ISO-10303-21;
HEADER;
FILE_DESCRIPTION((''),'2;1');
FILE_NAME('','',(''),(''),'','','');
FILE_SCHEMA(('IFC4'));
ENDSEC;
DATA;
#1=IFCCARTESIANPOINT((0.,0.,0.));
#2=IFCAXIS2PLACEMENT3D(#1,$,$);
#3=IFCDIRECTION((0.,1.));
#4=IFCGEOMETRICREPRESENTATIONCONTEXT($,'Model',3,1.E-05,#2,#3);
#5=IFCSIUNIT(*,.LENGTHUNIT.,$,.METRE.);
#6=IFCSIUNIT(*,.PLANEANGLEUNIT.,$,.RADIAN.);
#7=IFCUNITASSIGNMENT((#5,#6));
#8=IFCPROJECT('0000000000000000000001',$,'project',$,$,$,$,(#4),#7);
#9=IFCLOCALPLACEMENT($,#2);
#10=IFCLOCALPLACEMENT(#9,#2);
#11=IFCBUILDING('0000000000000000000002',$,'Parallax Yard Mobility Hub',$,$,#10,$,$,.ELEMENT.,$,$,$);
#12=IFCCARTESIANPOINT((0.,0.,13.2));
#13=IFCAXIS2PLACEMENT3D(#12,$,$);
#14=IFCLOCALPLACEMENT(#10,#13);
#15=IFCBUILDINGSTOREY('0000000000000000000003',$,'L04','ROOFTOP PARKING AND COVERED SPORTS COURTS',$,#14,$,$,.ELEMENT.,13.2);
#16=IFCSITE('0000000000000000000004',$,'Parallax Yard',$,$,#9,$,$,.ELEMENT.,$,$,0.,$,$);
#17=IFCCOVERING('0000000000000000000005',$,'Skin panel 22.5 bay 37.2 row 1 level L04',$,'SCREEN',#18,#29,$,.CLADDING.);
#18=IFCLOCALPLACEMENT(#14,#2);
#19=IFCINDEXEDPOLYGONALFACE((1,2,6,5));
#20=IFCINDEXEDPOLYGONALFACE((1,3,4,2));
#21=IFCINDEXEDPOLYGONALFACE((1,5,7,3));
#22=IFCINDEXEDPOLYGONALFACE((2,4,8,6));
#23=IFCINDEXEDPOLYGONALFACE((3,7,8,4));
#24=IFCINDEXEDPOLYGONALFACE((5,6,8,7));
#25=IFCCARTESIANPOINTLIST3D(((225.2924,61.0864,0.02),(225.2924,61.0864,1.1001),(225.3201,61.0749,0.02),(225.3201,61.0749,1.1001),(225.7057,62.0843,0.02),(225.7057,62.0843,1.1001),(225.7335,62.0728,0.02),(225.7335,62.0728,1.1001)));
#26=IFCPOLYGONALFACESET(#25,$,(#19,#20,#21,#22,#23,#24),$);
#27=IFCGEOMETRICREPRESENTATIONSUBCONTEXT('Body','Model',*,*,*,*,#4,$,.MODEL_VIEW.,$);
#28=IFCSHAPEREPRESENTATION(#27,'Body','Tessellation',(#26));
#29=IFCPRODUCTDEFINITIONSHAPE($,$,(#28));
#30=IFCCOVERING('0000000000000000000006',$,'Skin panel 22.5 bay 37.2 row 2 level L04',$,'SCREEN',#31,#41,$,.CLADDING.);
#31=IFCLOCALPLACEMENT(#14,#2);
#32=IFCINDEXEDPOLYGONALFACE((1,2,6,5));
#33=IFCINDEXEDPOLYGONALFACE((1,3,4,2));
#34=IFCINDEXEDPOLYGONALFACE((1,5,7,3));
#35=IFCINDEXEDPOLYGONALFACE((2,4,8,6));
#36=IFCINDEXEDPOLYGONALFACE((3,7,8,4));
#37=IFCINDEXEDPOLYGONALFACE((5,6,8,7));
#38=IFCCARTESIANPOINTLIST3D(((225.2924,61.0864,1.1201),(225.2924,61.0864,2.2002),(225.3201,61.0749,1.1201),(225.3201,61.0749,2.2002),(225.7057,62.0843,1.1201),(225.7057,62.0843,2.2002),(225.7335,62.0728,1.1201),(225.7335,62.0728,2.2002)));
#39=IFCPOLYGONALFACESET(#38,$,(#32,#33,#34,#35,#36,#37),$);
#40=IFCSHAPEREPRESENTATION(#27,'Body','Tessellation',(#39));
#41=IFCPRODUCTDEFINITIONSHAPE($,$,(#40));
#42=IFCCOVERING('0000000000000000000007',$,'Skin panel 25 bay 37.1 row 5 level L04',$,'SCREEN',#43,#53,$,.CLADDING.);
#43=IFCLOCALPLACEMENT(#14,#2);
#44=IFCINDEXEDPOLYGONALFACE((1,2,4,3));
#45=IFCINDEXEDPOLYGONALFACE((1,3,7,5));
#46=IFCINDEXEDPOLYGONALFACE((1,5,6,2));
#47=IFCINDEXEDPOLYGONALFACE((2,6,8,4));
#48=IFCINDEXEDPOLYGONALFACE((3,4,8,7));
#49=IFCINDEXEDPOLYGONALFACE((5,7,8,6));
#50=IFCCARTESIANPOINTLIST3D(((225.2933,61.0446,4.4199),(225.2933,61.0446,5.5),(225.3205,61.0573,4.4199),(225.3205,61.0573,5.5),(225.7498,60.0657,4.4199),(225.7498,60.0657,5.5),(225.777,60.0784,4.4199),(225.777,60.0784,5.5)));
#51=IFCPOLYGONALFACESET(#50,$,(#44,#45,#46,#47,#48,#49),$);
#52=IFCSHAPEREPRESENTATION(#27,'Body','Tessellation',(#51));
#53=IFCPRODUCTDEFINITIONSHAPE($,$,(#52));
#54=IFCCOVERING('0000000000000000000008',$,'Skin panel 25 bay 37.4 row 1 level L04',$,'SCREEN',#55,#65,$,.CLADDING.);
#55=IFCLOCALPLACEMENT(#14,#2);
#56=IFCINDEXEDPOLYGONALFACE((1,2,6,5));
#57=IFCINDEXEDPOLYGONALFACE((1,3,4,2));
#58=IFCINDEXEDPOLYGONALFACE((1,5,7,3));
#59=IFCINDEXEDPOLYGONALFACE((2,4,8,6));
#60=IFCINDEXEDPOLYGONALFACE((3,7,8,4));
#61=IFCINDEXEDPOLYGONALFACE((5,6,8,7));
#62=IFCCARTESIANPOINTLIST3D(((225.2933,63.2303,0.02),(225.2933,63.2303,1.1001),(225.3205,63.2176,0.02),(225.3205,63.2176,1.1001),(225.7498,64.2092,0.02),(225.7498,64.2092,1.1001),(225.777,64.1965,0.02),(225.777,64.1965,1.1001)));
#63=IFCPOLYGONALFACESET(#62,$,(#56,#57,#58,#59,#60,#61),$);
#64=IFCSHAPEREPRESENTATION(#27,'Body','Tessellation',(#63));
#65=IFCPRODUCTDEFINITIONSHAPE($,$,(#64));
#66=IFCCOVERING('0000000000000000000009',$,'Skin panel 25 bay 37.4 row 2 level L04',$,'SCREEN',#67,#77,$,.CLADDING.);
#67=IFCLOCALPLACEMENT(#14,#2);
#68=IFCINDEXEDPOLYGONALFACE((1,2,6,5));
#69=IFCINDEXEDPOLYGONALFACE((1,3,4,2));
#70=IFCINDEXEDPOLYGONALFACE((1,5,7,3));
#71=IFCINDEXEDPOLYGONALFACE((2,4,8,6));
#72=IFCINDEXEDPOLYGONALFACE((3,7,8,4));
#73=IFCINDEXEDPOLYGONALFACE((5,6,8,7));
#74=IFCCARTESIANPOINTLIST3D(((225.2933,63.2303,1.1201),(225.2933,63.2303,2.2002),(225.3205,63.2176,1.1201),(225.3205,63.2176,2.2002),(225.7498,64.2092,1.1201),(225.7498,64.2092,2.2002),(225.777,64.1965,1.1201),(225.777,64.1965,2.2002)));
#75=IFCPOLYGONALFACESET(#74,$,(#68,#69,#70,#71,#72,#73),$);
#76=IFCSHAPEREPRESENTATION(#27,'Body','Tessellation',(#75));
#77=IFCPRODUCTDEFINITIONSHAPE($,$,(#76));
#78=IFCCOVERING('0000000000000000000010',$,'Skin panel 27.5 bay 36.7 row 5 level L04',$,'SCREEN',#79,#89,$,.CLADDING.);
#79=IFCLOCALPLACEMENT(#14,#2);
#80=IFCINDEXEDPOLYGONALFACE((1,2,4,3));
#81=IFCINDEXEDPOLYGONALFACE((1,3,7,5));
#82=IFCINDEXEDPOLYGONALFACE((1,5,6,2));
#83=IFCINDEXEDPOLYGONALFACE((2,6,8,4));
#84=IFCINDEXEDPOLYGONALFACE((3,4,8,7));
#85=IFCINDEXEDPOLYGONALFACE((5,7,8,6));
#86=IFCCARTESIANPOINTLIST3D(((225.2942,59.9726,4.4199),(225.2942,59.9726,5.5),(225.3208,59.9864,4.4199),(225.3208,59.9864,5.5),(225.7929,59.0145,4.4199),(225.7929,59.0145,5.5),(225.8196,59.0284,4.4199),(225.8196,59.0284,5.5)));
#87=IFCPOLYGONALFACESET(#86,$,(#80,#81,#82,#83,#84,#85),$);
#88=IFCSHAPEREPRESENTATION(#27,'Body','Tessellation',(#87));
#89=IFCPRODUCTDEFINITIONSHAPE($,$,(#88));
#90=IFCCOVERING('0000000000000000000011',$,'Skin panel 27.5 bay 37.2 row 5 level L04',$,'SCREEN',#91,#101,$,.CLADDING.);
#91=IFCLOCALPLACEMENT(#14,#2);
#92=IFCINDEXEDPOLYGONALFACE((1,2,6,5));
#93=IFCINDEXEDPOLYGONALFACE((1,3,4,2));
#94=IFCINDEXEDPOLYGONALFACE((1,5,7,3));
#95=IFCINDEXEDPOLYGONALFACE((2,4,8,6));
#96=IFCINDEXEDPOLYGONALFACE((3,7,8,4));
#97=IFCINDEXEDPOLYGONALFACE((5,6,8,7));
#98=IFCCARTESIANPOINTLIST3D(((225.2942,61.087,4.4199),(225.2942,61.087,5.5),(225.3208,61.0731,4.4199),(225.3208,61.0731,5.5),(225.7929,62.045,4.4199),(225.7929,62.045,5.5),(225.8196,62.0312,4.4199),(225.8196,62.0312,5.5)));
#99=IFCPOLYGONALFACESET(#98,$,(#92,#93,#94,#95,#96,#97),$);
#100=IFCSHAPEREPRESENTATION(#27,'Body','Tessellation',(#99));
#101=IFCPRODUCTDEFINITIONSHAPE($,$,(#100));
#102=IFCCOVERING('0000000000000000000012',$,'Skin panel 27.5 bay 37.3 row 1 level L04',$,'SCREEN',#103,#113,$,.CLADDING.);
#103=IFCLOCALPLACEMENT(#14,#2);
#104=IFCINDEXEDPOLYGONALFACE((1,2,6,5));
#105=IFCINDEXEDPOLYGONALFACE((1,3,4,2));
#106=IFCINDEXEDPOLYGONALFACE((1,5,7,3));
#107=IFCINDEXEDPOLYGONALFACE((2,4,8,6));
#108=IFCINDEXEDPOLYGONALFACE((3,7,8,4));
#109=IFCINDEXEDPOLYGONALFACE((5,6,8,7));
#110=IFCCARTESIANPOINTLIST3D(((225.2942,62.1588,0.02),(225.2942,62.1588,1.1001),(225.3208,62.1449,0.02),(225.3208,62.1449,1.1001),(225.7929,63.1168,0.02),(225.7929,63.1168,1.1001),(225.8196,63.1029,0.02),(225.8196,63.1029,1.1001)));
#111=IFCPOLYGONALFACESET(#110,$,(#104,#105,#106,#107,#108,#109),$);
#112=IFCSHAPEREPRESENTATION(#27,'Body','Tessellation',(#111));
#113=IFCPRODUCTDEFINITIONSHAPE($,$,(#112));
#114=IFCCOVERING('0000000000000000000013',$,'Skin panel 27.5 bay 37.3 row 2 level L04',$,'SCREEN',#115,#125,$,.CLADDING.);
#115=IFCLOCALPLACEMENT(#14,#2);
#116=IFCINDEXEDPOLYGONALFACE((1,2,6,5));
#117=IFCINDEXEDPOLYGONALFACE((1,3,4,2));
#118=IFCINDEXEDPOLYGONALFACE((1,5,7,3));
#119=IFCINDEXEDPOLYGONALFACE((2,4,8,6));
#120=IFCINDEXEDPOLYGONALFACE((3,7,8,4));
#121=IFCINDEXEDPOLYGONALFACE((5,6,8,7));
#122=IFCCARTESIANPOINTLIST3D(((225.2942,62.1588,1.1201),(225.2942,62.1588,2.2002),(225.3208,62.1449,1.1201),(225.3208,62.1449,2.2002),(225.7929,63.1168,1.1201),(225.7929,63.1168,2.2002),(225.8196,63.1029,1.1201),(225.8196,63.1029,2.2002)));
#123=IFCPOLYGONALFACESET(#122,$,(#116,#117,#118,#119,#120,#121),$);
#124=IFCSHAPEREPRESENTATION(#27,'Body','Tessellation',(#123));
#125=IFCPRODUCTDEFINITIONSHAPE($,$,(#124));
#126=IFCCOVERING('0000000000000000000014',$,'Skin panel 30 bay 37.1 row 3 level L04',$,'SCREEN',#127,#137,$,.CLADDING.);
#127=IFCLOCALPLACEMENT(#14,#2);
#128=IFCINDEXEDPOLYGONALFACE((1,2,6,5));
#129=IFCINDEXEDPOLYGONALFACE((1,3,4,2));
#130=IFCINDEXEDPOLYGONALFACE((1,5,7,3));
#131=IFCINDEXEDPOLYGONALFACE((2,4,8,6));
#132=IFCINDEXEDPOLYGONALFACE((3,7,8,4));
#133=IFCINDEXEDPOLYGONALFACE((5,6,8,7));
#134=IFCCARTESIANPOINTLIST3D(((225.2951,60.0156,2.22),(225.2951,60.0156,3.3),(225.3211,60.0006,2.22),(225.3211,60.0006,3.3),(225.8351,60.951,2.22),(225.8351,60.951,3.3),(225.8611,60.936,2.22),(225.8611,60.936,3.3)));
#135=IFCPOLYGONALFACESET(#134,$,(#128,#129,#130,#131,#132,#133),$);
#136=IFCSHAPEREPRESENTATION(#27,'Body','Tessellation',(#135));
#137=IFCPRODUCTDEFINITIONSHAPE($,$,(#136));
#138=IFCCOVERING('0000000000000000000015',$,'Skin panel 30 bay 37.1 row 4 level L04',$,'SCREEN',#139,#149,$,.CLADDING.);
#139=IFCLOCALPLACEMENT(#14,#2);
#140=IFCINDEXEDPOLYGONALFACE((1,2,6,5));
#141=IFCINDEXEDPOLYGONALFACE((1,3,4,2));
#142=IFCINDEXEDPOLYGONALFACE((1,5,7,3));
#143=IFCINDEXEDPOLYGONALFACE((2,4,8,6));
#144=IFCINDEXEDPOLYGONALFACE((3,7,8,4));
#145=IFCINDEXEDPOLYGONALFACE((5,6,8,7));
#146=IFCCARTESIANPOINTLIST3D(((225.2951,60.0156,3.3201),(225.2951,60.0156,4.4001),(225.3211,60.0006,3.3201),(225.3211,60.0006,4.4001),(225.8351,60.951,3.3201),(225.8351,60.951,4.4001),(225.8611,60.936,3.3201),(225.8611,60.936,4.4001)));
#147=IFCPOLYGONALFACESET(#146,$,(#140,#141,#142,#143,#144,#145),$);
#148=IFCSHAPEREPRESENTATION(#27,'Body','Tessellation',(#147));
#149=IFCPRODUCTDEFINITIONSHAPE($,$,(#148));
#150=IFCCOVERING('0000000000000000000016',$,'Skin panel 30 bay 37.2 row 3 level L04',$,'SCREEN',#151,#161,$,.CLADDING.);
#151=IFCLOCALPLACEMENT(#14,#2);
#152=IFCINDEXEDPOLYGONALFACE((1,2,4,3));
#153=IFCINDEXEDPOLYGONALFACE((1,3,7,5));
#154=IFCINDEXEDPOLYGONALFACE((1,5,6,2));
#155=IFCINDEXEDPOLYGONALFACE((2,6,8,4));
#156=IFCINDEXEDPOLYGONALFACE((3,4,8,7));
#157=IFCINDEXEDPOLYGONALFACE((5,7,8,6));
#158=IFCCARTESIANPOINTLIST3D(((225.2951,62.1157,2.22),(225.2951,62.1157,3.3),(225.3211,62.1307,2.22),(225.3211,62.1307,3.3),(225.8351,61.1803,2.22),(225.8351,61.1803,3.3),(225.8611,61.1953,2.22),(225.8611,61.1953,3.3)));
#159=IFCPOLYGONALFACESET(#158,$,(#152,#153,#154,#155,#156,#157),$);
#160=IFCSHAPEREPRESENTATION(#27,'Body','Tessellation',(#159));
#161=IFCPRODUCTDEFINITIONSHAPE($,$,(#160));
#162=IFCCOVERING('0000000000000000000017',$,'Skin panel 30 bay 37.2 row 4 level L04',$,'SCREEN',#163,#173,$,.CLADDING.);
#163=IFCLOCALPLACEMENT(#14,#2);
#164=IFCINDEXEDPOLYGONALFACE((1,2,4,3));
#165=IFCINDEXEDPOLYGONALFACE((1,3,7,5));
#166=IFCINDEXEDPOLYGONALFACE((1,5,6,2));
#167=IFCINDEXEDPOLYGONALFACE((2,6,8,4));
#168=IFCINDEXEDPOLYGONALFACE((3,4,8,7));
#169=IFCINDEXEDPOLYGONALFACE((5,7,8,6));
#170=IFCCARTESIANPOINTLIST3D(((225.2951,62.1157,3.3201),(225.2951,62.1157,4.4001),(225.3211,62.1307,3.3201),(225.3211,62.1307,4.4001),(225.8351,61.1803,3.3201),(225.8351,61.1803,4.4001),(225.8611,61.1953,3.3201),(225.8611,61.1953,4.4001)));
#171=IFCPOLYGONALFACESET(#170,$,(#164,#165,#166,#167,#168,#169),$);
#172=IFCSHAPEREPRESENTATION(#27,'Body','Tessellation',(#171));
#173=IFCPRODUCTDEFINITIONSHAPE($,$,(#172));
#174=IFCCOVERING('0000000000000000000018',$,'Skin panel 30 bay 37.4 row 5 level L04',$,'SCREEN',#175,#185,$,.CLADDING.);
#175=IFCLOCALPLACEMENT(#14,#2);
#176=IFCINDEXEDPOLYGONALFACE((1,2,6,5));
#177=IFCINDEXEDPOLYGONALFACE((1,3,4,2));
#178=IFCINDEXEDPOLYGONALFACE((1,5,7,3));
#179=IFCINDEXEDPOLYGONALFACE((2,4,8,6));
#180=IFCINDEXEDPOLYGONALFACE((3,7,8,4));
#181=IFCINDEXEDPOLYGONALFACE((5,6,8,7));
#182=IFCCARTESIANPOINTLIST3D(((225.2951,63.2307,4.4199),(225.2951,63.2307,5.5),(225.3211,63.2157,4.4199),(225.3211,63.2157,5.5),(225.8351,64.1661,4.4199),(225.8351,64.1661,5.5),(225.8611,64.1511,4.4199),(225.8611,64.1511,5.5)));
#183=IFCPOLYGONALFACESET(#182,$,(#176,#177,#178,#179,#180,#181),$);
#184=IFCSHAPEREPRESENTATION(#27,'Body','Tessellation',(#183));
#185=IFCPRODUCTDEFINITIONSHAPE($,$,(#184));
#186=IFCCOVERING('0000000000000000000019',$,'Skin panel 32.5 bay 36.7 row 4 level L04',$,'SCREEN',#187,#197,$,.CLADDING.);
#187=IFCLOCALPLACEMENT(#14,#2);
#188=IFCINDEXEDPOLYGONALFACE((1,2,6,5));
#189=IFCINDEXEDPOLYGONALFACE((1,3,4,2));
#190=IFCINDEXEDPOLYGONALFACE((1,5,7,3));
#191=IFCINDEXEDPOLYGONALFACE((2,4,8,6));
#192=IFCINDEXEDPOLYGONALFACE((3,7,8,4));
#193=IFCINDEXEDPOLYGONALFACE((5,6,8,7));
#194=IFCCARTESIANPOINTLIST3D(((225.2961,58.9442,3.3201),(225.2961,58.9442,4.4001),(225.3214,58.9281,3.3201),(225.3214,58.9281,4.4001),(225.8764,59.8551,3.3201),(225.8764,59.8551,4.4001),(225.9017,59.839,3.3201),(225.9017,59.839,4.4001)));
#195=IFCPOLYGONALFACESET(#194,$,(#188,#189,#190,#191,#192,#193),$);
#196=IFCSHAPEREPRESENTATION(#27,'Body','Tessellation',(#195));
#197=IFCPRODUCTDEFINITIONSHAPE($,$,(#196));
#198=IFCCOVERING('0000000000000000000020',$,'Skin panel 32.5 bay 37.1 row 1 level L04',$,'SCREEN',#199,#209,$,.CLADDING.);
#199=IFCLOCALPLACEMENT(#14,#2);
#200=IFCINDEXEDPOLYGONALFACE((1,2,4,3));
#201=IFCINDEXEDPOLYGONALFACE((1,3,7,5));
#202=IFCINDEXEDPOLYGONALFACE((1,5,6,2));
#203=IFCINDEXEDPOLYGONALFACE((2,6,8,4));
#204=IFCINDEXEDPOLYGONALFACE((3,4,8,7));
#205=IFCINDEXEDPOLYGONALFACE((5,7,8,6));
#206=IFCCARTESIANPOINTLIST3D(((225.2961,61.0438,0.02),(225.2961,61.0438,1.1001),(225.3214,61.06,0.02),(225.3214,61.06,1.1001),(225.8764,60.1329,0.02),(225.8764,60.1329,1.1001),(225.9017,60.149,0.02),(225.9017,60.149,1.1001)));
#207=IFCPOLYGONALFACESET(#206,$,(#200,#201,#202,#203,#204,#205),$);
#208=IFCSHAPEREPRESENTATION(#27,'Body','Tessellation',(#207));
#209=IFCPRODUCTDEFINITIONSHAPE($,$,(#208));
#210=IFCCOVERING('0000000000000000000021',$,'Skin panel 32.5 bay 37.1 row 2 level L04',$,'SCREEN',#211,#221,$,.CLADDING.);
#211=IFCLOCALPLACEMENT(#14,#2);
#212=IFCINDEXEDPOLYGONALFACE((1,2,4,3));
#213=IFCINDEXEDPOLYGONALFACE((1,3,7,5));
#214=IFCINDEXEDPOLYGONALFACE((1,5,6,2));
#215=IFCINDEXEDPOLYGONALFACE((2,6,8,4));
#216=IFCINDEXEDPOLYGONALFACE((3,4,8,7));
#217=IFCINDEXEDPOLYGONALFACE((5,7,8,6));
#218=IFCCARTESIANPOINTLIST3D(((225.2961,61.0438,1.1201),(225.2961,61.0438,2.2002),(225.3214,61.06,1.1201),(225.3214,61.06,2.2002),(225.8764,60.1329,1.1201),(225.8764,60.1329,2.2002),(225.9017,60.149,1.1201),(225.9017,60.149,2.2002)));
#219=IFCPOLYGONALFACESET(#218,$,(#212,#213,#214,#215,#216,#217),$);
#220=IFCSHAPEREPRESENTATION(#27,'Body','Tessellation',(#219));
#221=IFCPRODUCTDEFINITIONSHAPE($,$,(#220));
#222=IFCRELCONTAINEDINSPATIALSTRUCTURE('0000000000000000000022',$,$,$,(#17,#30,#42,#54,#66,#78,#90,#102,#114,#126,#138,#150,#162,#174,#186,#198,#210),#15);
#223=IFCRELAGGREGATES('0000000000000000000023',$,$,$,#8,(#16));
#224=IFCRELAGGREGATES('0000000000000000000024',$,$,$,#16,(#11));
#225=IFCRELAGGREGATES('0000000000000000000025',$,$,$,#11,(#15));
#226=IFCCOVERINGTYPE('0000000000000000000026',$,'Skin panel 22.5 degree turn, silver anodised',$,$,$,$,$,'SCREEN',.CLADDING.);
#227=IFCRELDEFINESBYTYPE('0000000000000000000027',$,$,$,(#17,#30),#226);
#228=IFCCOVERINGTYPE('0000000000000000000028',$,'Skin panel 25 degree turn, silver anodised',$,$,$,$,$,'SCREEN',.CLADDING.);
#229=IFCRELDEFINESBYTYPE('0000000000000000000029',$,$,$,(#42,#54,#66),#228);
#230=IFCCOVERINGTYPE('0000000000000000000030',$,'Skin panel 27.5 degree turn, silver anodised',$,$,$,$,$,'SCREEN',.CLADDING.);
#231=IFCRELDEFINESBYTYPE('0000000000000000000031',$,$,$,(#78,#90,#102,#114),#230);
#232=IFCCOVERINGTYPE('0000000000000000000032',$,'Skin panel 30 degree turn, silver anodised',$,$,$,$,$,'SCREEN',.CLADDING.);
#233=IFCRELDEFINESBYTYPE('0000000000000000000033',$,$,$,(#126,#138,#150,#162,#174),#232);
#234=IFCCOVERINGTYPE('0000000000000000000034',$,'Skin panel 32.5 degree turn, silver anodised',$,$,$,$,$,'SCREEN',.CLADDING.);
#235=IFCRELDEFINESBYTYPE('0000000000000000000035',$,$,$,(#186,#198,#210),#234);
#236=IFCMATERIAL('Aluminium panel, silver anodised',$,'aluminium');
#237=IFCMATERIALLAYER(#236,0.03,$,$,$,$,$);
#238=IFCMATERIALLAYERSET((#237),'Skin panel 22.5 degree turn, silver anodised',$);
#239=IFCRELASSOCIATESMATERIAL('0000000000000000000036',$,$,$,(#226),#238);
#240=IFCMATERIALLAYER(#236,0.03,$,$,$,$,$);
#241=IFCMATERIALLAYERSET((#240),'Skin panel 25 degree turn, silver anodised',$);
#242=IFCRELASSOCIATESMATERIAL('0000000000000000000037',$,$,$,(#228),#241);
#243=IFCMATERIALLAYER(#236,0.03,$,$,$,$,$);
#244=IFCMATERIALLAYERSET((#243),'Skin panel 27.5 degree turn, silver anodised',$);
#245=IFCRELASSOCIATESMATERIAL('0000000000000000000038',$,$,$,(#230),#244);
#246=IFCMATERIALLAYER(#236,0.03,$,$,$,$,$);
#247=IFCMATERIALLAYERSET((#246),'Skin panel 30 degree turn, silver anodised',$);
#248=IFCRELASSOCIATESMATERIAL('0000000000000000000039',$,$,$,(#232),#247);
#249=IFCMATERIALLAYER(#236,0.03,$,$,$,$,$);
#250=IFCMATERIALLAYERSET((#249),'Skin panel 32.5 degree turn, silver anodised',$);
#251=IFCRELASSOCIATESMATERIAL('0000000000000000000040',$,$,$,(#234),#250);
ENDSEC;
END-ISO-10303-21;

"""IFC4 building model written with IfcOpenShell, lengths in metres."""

from ifc_helpers import new_model, si_unit, direction, frame, origin, origin_2d, place, context, subcontext, project, spatial, rectangle, extrude, material, layer, layer_set, type_object, element, save


model = new_model("IFC4")

# Units and contexts
model_context = context("Model", 3, precision=1e-05, world=origin(), true_north=direction((0.0, 1.0)))
body_context = subcontext(model_context, "Body", "Model", "MODEL_VIEW")
ifc_project = project(units=[si_unit("LENGTHUNIT", "METRE"), si_unit("PLANEANGLEUNIT", "RADIAN")], contexts=[model_context])

# Site, building, storey
site_placement = place(None, origin())
site = spatial("IfcSite", under=ifc_project, at=site_placement, Name="Parallax Yard", CompositionType="ELEMENT", RefElevation=0.0)
building_placement = place(site_placement, origin())
building = spatial("IfcBuilding", under=site, at=building_placement, Name="Parallax Yard Mobility Hub", CompositionType="ELEMENT")
storey_placement = place(building_placement, frame((0.0, 0.0, 13.2)))
storey = spatial("IfcBuildingStorey", under=building, at=storey_placement, Name="L04", Description="ROOFTOP PARKING AND COVERED SPORTS COURTS", CompositionType="ELEMENT", Elevation=13.2)

# Coverings
ifc_material_1 = material(Name="Aluminium panel, silver anodised", Category="aluminium")
ifc_layer_1 = layer(ifc_material_1, 0.03)
ifc_layer_set_1 = layer_set([ifc_layer_1], Name="Skin panel 22.5 degree turn, silver anodised")
covering_type_1 = type_object("IfcCoveringType", Name="Skin panel 22.5 degree turn, silver anodised", ElementType="SCREEN", PredefinedType="CLADDING", material=ifc_layer_set_1)
for number, where, z_axis, x_axis, name in (
    (1, (225.5129, 61.5796, 0.02), (0.0, 0.0, 1.0), (0.382683, 0.92388, 0.0), "Skin panel 22.5 bay 37.2 row 1 level L04"),
    (2, (225.5129, 61.5796, 1.1201), (0.0, 0.0, 1.0), (0.382683, 0.92388, 0.0), "Skin panel 22.5 bay 37.2 row 2 level L04"),
):
    element("IfcCovering", number, at=place(storey_placement, frame(where, z_axis=z_axis, x_axis=x_axis)), inside=storey, type_object=covering_type_1, Name=name, ObjectType="SCREEN", PredefinedType="CLADDING", context=body_context, shape_type="SweptSolid", body=[
        extrude(rectangle(XDim=1.0801, YDim=0.03, at=origin_2d()), origin(), (0.0, 0.0, 1.0), 1.0801),
    ])
ifc_layer_2 = layer(ifc_material_1, 0.03)
ifc_layer_set_2 = layer_set([ifc_layer_2], Name="Skin panel 25 degree turn, silver anodised")
covering_type_2 = type_object("IfcCoveringType", Name="Skin panel 25 degree turn, silver anodised", ElementType="SCREEN", PredefinedType="CLADDING", material=ifc_layer_set_2)
for number, where, z_axis, x_axis, name in (
    (3, (225.5352, 60.5615, 4.4199), (0.0, 0.0, 1.0), (0.422618, -0.906308, 0.0), "Skin panel 25 bay 37.1 row 5 level L04"),
    (4, (225.5352, 63.7134, 0.02), (0.0, 0.0, 1.0), (0.422618, 0.906308, 0.0), "Skin panel 25 bay 37.4 row 1 level L04"),
    (5, (225.5352, 63.7134, 1.1201), (0.0, 0.0, 1.0), (0.422618, 0.906308, 0.0), "Skin panel 25 bay 37.4 row 2 level L04"),
):
    element("IfcCovering", number, at=place(storey_placement, frame(where, z_axis=z_axis, x_axis=x_axis)), inside=storey, type_object=covering_type_2, Name=name, ObjectType="SCREEN", PredefinedType="CLADDING", context=body_context, shape_type="SweptSolid", body=[
        extrude(rectangle(XDim=1.0801, YDim=0.03, at=origin_2d()), origin(), (0.0, 0.0, 1.0), 1.0801),
    ])
ifc_layer_3 = layer(ifc_material_1, 0.03)
ifc_layer_set_3 = layer_set([ifc_layer_3], Name="Skin panel 27.5 degree turn, silver anodised")
covering_type_3 = type_object("IfcCoveringType", Name="Skin panel 27.5 degree turn, silver anodised", ElementType="SCREEN", PredefinedType="CLADDING", material=ifc_layer_set_3)
for number, where, z_axis, x_axis, name in (
    (6, (225.5569, 59.5005, 4.4199), (0.0, 0.0, 1.0), (0.461749, -0.887011, 0.0), "Skin panel 27.5 bay 36.7 row 5 level L04"),
    (7, (225.5569, 61.5591, 4.4199), (0.0, 0.0, 1.0), (0.461749, 0.887011, 0.0), "Skin panel 27.5 bay 37.2 row 5 level L04"),
    (8, (225.5569, 62.6309, 0.02), (0.0, 0.0, 1.0), (0.461749, 0.887011, 0.0), "Skin panel 27.5 bay 37.3 row 1 level L04"),
    (9, (225.5569, 62.6309, 1.1201), (0.0, 0.0, 1.0), (0.461749, 0.887011, 0.0), "Skin panel 27.5 bay 37.3 row 2 level L04"),
):
    element("IfcCovering", number, at=place(storey_placement, frame(where, z_axis=z_axis, x_axis=x_axis)), inside=storey, type_object=covering_type_3, Name=name, ObjectType="SCREEN", PredefinedType="CLADDING", context=body_context, shape_type="SweptSolid", body=[
        extrude(rectangle(XDim=1.0801, YDim=0.03, at=origin_2d()), origin(), (0.0, 0.0, 1.0), 1.0801),
    ])
ifc_layer_4 = layer(ifc_material_1, 0.03)
ifc_layer_set_4 = layer_set([ifc_layer_4], Name="Skin panel 30 degree turn, silver anodised")
covering_type_4 = type_object("IfcCoveringType", Name="Skin panel 30 degree turn, silver anodised", ElementType="SCREEN", PredefinedType="CLADDING", material=ifc_layer_set_4)
for number, where, z_axis, x_axis, name in (
    (10, (225.5781, 60.4758, 2.22), (0.0, 0.0, 1.0), (0.5, 0.866025, 0.0), "Skin panel 30 bay 37.1 row 3 level L04"),
    (11, (225.5781, 60.4758, 3.3201), (0.0, 0.0, 1.0), (0.5, 0.866025, 0.0), "Skin panel 30 bay 37.1 row 4 level L04"),
    (12, (225.5781, 61.6555, 2.22), (0.0, 0.0, 1.0), (0.5, -0.866025, 0.0), "Skin panel 30 bay 37.2 row 3 level L04"),
    (13, (225.5781, 61.6555, 3.3201), (0.0, 0.0, 1.0), (0.5, -0.866025, 0.0), "Skin panel 30 bay 37.2 row 4 level L04"),
    (14, (225.5781, 63.6909, 4.4199), (0.0, 0.0, 1.0), (0.5, 0.866025, 0.0), "Skin panel 30 bay 37.4 row 5 level L04"),
):
    element("IfcCovering", number, at=place(storey_placement, frame(where, z_axis=z_axis, x_axis=x_axis)), inside=storey, type_object=covering_type_4, Name=name, ObjectType="SCREEN", PredefinedType="CLADDING", context=body_context, shape_type="SweptSolid", body=[
        extrude(rectangle(XDim=1.0801, YDim=0.03, at=origin_2d()), origin(), (0.0, 0.0, 1.0), 1.0801),
    ])
ifc_layer_5 = layer(ifc_material_1, 0.03)
ifc_layer_set_5 = layer_set([ifc_layer_5], Name="Skin panel 32.5 degree turn, silver anodised")
covering_type_5 = type_object("IfcCoveringType", Name="Skin panel 32.5 degree turn, silver anodised", ElementType="SCREEN", PredefinedType="CLADDING", material=ifc_layer_set_5)
for number, where, z_axis, x_axis, name in (
    (15, (225.5989, 59.3916, 3.3201), (0.0, 0.0, 1.0), (0.5373, 0.843391, 0.0), "Skin panel 32.5 bay 36.7 row 4 level L04"),
    (16, (225.5989, 60.5964, 0.02), (0.0, 0.0, 1.0), (0.5373, -0.843391, 0.0), "Skin panel 32.5 bay 37.1 row 1 level L04"),
    (17, (225.5989, 60.5964, 1.1201), (0.0, 0.0, 1.0), (0.5373, -0.843391, 0.0), "Skin panel 32.5 bay 37.1 row 2 level L04"),
):
    element("IfcCovering", number, at=place(storey_placement, frame(where, z_axis=z_axis, x_axis=x_axis)), inside=storey, type_object=covering_type_5, Name=name, ObjectType="SCREEN", PredefinedType="CLADDING", context=body_context, shape_type="SweptSolid", body=[
        extrude(rectangle(XDim=1.0801, YDim=0.03, at=origin_2d()), origin(), (0.0, 0.0, 1.0), 1.0801),
    ])

save(model, "model.ifc")
